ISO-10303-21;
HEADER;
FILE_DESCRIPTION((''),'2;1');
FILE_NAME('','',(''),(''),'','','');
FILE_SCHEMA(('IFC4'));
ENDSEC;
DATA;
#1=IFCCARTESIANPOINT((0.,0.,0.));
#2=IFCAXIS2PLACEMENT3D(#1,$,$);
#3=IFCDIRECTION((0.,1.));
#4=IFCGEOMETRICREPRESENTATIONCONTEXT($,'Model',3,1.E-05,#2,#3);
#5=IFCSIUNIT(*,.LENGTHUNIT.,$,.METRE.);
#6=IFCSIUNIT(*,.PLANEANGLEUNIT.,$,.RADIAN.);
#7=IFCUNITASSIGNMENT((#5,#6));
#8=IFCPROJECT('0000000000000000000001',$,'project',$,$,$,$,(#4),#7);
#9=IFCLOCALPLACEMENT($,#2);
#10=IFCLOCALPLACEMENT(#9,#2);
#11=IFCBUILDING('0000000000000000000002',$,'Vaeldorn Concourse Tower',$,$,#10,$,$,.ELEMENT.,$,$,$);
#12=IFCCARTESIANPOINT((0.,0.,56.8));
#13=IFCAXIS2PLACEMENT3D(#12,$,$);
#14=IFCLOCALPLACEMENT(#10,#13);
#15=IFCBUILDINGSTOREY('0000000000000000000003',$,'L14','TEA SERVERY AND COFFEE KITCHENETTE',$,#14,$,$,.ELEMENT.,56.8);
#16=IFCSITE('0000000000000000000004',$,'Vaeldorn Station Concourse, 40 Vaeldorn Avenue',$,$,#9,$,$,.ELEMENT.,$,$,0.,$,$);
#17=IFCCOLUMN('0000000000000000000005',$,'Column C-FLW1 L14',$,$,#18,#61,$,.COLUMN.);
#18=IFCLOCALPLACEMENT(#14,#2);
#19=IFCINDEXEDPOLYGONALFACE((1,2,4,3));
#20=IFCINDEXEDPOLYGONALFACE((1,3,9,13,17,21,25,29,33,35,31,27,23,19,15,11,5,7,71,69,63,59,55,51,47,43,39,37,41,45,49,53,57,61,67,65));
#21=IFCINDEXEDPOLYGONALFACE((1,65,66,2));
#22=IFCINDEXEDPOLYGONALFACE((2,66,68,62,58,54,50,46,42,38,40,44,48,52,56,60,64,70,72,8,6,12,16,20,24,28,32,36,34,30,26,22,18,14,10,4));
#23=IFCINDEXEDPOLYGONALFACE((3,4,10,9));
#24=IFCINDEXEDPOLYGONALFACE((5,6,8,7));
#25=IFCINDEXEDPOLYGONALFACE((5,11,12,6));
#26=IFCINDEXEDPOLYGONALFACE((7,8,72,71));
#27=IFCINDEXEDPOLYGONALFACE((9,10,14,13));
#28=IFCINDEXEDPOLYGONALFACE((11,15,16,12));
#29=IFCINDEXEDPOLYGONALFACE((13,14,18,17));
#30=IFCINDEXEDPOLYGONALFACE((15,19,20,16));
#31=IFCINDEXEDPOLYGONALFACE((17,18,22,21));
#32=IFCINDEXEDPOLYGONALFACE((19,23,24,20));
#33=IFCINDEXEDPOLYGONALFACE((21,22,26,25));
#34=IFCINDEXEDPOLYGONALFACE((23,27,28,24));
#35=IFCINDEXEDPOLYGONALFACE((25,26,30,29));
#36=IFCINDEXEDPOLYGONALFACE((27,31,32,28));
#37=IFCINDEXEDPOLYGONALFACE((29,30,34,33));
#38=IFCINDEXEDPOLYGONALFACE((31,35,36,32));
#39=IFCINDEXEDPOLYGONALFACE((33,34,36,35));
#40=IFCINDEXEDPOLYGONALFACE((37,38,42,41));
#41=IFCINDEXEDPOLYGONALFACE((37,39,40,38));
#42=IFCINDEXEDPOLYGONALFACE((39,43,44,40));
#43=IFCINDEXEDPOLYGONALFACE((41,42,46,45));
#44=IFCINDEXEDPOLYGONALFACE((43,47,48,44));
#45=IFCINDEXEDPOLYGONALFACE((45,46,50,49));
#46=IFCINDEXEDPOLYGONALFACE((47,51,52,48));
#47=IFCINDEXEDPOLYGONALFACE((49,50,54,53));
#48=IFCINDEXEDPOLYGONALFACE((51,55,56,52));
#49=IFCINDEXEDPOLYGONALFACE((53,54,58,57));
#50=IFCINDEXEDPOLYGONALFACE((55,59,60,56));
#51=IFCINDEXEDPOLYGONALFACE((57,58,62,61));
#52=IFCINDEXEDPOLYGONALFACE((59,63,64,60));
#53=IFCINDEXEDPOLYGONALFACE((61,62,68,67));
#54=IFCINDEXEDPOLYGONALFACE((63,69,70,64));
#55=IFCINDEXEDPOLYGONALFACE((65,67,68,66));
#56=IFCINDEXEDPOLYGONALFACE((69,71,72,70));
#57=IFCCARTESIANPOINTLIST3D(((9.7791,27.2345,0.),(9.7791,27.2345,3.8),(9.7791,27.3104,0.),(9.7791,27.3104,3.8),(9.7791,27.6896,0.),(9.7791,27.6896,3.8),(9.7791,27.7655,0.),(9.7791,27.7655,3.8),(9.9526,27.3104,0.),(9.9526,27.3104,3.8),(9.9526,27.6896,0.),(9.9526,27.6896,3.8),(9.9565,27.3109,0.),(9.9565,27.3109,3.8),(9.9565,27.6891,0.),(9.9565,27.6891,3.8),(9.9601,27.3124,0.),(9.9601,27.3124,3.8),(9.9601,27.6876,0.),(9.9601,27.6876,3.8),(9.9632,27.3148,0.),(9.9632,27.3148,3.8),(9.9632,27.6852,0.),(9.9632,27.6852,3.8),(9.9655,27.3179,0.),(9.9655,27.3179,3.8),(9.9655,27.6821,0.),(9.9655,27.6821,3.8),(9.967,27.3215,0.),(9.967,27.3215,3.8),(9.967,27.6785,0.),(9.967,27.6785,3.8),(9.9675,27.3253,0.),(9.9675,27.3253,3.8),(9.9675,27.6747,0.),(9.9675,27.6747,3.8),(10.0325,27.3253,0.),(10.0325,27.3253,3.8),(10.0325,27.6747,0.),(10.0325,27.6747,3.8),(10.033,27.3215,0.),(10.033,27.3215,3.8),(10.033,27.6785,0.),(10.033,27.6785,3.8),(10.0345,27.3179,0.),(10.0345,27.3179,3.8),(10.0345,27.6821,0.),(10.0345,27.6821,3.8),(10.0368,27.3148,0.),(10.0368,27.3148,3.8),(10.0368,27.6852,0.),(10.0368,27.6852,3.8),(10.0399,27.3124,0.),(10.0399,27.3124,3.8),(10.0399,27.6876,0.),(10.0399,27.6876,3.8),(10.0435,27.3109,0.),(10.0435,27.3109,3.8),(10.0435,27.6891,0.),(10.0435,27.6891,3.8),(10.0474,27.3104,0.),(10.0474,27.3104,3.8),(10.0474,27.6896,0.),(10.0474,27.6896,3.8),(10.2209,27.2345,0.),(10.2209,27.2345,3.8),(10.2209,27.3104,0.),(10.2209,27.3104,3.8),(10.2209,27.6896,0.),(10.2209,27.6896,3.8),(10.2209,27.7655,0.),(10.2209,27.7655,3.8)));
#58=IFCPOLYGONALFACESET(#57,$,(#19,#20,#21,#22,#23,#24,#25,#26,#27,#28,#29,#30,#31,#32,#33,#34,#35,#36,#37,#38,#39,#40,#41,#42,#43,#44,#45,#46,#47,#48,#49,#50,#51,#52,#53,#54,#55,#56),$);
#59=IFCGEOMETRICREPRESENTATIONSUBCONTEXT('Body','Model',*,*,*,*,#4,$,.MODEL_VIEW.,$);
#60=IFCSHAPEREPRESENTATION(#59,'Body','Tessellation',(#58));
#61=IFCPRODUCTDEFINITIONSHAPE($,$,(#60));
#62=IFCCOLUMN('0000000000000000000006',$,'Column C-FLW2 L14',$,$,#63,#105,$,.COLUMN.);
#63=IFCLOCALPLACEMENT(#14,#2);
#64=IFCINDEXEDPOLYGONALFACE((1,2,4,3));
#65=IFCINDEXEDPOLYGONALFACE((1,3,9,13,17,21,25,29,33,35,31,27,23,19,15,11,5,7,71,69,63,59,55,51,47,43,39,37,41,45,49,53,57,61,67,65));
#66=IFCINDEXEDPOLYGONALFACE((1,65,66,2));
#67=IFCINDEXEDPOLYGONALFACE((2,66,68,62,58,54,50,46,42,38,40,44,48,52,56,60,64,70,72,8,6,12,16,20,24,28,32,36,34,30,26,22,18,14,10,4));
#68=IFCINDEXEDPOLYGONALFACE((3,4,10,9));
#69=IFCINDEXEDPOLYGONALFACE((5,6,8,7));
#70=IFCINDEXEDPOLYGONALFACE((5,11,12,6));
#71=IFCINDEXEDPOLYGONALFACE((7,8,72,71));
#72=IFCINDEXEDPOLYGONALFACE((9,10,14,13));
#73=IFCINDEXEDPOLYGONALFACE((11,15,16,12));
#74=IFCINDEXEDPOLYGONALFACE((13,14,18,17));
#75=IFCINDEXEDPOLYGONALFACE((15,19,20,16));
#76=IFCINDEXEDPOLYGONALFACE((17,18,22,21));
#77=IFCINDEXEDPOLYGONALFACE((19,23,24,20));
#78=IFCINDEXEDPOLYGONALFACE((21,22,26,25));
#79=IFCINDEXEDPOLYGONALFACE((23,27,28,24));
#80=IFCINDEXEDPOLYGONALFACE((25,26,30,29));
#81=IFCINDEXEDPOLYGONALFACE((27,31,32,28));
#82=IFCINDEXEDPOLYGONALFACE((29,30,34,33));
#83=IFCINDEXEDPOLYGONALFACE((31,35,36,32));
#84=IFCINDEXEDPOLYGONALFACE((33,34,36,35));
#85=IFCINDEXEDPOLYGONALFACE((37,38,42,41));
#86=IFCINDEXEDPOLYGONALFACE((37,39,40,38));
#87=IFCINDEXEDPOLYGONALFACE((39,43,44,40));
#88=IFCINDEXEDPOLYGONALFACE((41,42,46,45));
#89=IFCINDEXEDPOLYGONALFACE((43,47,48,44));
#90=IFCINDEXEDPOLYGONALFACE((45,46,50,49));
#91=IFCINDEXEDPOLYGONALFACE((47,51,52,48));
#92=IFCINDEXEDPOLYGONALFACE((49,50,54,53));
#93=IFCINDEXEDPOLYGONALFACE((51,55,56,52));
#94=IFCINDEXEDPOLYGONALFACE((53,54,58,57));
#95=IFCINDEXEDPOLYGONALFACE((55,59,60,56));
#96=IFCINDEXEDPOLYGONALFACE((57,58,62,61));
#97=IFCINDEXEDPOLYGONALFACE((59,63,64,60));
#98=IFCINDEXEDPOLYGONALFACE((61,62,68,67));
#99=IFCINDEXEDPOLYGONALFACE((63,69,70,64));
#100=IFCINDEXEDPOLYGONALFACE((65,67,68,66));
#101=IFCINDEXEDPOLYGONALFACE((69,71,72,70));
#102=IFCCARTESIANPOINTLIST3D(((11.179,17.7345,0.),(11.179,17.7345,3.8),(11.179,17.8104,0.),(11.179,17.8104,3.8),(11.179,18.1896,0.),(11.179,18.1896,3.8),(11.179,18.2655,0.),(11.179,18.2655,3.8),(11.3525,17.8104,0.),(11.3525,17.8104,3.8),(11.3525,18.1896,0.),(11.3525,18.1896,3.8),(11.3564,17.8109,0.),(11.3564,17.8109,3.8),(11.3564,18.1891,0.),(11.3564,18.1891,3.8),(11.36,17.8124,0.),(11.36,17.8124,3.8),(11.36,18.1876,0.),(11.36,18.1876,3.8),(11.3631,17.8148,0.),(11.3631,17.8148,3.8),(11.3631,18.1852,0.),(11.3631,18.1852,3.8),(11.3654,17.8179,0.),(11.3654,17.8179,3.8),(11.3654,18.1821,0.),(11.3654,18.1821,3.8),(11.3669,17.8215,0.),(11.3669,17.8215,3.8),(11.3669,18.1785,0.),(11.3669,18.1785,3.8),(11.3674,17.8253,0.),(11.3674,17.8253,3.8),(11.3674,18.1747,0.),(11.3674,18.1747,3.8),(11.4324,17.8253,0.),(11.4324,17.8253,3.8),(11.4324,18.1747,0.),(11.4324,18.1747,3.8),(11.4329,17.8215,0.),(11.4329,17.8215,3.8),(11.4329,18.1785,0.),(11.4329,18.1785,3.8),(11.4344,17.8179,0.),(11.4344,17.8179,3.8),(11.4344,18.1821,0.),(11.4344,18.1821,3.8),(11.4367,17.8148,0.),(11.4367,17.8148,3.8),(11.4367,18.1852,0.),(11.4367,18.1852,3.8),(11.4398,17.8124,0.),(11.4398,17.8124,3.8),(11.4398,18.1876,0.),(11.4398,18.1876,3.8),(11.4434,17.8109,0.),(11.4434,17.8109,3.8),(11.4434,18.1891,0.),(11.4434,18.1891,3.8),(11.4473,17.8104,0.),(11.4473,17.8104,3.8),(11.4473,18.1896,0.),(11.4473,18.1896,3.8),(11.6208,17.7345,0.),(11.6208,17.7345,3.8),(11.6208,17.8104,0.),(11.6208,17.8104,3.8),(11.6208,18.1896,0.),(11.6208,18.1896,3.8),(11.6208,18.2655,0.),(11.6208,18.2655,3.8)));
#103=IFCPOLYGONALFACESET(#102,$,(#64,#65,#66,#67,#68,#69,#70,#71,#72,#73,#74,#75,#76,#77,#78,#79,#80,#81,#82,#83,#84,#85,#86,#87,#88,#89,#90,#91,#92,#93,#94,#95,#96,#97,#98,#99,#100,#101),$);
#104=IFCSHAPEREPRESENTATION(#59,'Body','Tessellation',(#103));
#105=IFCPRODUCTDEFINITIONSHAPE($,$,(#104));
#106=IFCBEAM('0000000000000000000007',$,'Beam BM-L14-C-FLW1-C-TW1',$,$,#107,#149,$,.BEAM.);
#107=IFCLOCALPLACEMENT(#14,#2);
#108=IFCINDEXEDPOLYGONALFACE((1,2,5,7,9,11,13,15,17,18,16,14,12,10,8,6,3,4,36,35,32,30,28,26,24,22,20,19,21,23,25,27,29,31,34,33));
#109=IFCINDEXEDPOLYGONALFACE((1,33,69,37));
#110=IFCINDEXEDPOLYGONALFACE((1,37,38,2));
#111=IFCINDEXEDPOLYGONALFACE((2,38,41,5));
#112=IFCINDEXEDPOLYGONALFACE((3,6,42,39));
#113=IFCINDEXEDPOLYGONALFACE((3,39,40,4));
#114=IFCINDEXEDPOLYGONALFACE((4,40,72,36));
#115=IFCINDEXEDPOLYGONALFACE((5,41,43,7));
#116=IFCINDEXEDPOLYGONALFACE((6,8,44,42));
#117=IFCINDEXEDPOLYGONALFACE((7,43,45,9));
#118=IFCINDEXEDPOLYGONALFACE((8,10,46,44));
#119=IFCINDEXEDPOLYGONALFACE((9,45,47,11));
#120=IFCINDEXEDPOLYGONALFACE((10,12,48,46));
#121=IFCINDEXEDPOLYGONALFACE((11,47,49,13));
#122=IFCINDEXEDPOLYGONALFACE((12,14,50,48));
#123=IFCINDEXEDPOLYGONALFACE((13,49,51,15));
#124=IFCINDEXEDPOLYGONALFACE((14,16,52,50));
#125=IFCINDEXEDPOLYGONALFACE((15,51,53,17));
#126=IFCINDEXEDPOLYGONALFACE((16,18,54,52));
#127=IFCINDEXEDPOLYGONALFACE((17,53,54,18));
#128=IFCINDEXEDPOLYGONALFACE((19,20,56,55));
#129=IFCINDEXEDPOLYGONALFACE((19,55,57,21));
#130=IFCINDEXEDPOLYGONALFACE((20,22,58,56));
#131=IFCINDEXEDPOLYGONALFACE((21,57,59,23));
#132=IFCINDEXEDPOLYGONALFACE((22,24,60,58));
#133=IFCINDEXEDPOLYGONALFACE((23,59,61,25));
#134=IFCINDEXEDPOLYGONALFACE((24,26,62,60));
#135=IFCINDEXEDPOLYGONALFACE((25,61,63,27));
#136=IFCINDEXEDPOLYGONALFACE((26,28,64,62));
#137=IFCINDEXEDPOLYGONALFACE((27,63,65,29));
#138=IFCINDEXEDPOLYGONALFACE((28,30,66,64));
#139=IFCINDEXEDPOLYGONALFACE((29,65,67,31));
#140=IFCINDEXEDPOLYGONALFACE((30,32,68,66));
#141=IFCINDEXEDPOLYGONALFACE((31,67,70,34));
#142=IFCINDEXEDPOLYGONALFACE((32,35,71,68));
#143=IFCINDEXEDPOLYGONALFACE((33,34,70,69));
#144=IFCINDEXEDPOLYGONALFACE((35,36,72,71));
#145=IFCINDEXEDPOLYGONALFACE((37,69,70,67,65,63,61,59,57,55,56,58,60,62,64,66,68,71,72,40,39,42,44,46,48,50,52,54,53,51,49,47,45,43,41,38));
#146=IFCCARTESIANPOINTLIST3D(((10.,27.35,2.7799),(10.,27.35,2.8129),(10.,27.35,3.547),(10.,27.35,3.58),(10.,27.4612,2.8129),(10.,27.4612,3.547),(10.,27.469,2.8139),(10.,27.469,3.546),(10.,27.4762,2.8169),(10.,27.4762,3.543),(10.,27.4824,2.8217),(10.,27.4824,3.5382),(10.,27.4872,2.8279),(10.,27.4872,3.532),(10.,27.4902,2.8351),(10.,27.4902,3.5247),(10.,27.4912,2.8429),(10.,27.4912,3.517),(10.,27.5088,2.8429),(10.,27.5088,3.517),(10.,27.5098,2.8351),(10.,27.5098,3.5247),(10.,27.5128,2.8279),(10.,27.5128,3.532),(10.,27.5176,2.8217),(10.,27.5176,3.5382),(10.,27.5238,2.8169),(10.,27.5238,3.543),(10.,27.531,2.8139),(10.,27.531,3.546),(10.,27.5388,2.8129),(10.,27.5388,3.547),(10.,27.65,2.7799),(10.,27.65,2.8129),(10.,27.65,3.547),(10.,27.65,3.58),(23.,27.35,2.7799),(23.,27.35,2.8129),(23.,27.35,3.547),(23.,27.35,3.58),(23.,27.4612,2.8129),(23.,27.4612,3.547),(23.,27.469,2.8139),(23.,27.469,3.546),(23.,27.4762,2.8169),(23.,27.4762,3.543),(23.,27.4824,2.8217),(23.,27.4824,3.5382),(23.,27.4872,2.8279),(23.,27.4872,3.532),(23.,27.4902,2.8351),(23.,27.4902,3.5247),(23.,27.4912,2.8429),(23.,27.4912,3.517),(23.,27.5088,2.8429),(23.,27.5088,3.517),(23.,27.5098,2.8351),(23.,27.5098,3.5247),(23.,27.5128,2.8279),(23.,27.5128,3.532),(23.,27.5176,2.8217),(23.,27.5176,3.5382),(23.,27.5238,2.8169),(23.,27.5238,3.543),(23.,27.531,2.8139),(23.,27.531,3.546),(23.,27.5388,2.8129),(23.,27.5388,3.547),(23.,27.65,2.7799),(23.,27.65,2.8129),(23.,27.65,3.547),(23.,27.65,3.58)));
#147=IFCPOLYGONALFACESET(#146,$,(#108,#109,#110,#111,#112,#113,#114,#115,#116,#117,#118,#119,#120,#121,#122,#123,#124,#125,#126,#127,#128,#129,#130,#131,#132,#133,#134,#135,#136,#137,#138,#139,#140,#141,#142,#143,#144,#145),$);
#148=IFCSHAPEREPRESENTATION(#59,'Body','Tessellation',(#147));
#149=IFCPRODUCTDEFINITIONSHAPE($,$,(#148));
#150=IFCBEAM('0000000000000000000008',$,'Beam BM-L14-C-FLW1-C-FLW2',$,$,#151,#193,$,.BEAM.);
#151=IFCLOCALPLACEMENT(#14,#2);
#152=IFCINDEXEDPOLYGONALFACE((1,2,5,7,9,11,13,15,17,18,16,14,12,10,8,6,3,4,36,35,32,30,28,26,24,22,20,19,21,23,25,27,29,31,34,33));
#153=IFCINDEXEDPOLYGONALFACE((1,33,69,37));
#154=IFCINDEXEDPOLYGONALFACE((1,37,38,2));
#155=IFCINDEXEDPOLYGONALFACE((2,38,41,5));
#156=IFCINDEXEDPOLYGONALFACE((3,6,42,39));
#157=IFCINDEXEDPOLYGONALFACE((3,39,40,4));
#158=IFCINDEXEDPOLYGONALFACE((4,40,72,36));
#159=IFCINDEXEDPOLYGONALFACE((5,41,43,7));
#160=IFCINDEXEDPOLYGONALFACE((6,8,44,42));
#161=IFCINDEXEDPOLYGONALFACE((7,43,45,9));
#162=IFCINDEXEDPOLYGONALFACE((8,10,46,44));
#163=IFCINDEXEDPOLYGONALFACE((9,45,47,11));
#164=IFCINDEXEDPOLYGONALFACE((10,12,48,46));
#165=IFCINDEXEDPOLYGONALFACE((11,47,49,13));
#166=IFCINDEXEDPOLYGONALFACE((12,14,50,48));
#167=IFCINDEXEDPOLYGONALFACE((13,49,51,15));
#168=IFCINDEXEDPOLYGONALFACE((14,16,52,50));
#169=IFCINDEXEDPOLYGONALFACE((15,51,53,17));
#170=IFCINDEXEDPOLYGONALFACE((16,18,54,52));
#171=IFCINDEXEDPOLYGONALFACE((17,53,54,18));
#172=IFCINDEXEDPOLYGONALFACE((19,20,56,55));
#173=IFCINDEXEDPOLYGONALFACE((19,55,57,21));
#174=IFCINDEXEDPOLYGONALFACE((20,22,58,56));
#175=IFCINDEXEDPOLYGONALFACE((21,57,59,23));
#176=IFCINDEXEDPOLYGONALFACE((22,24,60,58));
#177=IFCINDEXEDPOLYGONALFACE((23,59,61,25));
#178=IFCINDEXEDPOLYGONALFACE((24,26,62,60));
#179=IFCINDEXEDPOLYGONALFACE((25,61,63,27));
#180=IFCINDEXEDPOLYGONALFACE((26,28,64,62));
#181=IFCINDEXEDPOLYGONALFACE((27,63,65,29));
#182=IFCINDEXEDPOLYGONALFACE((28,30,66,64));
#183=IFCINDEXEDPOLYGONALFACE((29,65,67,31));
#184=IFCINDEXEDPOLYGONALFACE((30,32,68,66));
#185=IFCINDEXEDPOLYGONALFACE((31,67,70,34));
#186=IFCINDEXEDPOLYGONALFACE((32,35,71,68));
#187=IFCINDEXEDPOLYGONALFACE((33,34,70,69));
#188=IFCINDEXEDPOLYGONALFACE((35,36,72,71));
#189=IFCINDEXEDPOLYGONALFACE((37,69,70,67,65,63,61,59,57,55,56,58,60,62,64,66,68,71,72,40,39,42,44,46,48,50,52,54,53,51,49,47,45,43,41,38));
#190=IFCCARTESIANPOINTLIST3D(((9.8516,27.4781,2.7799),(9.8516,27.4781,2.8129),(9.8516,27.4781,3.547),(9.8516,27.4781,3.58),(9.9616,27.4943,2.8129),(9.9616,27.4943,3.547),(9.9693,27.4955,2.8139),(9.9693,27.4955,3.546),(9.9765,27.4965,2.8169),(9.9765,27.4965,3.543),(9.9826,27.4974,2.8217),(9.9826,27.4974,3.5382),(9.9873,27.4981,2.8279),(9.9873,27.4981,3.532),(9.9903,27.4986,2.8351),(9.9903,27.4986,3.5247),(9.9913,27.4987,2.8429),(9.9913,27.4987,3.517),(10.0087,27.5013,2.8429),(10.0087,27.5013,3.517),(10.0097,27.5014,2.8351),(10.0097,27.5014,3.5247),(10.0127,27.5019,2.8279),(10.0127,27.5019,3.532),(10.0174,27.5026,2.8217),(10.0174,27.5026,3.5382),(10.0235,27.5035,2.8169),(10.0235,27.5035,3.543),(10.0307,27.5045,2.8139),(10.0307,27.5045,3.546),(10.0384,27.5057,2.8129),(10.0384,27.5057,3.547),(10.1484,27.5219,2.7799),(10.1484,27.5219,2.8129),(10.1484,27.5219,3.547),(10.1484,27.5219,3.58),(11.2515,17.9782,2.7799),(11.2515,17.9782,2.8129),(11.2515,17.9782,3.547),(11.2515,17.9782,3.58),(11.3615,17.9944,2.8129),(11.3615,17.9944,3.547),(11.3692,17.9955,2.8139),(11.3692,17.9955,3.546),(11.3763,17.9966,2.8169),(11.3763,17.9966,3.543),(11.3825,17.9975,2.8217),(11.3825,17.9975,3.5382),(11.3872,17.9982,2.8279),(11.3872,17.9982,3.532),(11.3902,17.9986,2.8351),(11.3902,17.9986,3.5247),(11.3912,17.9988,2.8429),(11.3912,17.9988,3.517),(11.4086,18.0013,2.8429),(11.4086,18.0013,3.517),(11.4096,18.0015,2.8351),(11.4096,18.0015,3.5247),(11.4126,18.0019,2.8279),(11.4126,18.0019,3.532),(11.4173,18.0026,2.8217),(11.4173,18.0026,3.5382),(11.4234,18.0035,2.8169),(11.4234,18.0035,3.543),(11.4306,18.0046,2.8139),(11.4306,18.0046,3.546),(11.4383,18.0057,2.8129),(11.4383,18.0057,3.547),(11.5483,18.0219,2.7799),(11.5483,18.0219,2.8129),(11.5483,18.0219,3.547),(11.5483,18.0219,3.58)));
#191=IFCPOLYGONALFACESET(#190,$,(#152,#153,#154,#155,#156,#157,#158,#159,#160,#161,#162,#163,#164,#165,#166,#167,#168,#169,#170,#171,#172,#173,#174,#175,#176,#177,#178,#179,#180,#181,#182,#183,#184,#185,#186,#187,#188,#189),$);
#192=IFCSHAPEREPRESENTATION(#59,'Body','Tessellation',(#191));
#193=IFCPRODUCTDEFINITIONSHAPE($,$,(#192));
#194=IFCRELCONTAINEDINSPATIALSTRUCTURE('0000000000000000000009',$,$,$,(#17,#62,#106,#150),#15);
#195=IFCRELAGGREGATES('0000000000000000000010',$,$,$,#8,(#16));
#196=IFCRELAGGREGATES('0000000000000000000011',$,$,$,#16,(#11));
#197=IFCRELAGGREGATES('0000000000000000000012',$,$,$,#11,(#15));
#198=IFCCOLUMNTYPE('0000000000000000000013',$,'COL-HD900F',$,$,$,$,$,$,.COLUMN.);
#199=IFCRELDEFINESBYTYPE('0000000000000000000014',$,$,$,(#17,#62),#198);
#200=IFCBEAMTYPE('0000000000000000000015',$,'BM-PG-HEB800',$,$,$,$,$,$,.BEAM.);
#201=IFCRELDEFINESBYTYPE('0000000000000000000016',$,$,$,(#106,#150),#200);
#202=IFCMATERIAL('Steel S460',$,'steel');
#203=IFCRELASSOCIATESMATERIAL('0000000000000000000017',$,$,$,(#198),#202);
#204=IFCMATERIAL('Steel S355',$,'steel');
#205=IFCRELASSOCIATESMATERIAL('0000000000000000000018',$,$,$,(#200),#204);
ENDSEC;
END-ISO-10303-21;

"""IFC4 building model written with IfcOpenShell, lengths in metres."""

from ifc_helpers import new_model, si_unit, direction, frame, origin, origin_2d, place, context, subcontext, project, spatial, i_section, extrude, source, transform, mapped, material, material_profile, profile_set, type_object, element, save


model = new_model("IFC4")

# Units and contexts
model_context = context("Model", 3, precision=1e-05, world=origin(), true_north=direction((0.0, 1.0)))
body_context = subcontext(model_context, "Body", "Model", "MODEL_VIEW")
ifc_project = project(units=[si_unit("LENGTHUNIT", "METRE"), si_unit("PLANEANGLEUNIT", "RADIAN")], contexts=[model_context])

# Site, building, storey
site_placement = place(None, origin())
site = spatial("IfcSite", under=ifc_project, at=site_placement, Name="Vaeldorn Station Concourse, 40 Vaeldorn Avenue", CompositionType="ELEMENT", RefElevation=0.0)
building_placement = place(site_placement, origin())
building = spatial("IfcBuilding", under=site, at=building_placement, Name="Vaeldorn Concourse Tower", CompositionType="ELEMENT")
storey_placement = place(building_placement, frame((0.0, 0.0, 56.8)))
storey = spatial("IfcBuildingStorey", under=building, at=storey_placement, Name="L14", Description="TEA SERVERY AND COFFEE KITCHENETTE", CompositionType="ELEMENT", Elevation=56.8)

# Columns
ifc_material_1 = material(Name="Steel S460", Category="steel")
ifc_material_profile_1 = material_profile(ifc_material_1, i_section(OverallWidth=0.4419, OverallDepth=0.531, WebThickness=0.0649, FlangeThickness=0.0759, FilletRadius=0.0149, at=origin_2d()), Name="HD 400x900")
ifc_profile_set_1 = profile_set([ifc_material_profile_1], Name="Steel S460")
column_type = type_object("IfcColumnType", Name="COL-HD900F", PredefinedType="COLUMN", material=ifc_profile_set_1)
shared_shape_1 = source(origin(), body_context, "Body", "SweptSolid", [
    extrude(i_section(OverallWidth=0.4419, OverallDepth=0.531, WebThickness=0.0649, FlangeThickness=0.0759, FilletRadius=0.0149, at=origin_2d()), origin(), (0.0, 0.0, 1.0), 3.8),
])
for number, where, z_axis, x_axis, name in (
    (1, (10.0, 27.5, 0.0), (0.0, 0.0, 1.0), (1.0, 0.0, 0.0), "Column C-FLW1 L14"),
    (2, (11.3999, 18.0, 0.0), (0.0, 0.0, 1.0), (1.0, 0.0, 0.0), "Column C-FLW2 L14"),
):
    element("IfcColumn", number, at=place(storey_placement, frame(where, z_axis=z_axis, x_axis=x_axis)), inside=storey, type_object=column_type, Name=name, PredefinedType="COLUMN", context=body_context, shape_type="MappedRepresentation", body=[
        mapped(shared_shape_1, transform((0.0, 0.0, 0.0), scale=1.0)),
    ])

# Beams
ifc_material_2 = material(Name="Steel S355", Category="steel")
ifc_material_profile_2 = material_profile(ifc_material_2, i_section(OverallWidth=0.3, OverallDepth=0.8, WebThickness=0.0176, FlangeThickness=0.033, FilletRadius=0.03, at=origin_2d()), Name="HEB 800")
ifc_profile_set_2 = profile_set([ifc_material_profile_2], Name="Steel S355")
beam_type_1 = type_object("IfcBeamType", Name="BM-PG-HEB800", PredefinedType="BEAM", material=ifc_profile_set_2)
shared_shape_2 = source(origin(), body_context, "Body", "SweptSolid", [
    extrude(i_section(OverallWidth=0.3, OverallDepth=0.8, WebThickness=0.0176, FlangeThickness=0.033, FilletRadius=0.03, at=origin_2d()), origin(), (0.0, 0.0, 1.0), 13.0),
])
beam_1_placement = place(storey_placement, frame((10.0, 27.5, 3.1799), z_axis=(1.0, 0.0, 0.0), x_axis=(0.0, 1.0, 0.0)))
element("IfcBeam", 3, at=beam_1_placement, inside=storey, type_object=beam_type_1, Name="Beam BM-L14-C-FLW1-C-TW1", PredefinedType="BEAM", context=body_context, shape_type="MappedRepresentation", body=[
    mapped(shared_shape_2, transform((0.0, 0.0, 0.0), scale=1.0)),
])
shared_shape_3 = source(origin(), body_context, "Body", "SweptSolid", [
    extrude(i_section(OverallWidth=0.3, OverallDepth=0.8, WebThickness=0.0176, FlangeThickness=0.033, FilletRadius=0.03, at=origin_2d()), origin(), (0.0, 0.0, 1.0), 9.6025),
])
beam_2_placement = place(storey_placement, frame((10.0, 27.5, 3.1799), z_axis=(0.145784, -0.989316, 0.0), x_axis=(0.989316, 0.145784, 0.0)))
element("IfcBeam", 4, at=beam_2_placement, inside=storey, type_object=beam_type_1, Name="Beam BM-L14-C-FLW1-C-FLW2", PredefinedType="BEAM", context=body_context, shape_type="MappedRepresentation", body=[
    mapped(shared_shape_3, transform((0.0, 0.0, 0.0), scale=1.0)),
])

save(model, "model.ifc")
